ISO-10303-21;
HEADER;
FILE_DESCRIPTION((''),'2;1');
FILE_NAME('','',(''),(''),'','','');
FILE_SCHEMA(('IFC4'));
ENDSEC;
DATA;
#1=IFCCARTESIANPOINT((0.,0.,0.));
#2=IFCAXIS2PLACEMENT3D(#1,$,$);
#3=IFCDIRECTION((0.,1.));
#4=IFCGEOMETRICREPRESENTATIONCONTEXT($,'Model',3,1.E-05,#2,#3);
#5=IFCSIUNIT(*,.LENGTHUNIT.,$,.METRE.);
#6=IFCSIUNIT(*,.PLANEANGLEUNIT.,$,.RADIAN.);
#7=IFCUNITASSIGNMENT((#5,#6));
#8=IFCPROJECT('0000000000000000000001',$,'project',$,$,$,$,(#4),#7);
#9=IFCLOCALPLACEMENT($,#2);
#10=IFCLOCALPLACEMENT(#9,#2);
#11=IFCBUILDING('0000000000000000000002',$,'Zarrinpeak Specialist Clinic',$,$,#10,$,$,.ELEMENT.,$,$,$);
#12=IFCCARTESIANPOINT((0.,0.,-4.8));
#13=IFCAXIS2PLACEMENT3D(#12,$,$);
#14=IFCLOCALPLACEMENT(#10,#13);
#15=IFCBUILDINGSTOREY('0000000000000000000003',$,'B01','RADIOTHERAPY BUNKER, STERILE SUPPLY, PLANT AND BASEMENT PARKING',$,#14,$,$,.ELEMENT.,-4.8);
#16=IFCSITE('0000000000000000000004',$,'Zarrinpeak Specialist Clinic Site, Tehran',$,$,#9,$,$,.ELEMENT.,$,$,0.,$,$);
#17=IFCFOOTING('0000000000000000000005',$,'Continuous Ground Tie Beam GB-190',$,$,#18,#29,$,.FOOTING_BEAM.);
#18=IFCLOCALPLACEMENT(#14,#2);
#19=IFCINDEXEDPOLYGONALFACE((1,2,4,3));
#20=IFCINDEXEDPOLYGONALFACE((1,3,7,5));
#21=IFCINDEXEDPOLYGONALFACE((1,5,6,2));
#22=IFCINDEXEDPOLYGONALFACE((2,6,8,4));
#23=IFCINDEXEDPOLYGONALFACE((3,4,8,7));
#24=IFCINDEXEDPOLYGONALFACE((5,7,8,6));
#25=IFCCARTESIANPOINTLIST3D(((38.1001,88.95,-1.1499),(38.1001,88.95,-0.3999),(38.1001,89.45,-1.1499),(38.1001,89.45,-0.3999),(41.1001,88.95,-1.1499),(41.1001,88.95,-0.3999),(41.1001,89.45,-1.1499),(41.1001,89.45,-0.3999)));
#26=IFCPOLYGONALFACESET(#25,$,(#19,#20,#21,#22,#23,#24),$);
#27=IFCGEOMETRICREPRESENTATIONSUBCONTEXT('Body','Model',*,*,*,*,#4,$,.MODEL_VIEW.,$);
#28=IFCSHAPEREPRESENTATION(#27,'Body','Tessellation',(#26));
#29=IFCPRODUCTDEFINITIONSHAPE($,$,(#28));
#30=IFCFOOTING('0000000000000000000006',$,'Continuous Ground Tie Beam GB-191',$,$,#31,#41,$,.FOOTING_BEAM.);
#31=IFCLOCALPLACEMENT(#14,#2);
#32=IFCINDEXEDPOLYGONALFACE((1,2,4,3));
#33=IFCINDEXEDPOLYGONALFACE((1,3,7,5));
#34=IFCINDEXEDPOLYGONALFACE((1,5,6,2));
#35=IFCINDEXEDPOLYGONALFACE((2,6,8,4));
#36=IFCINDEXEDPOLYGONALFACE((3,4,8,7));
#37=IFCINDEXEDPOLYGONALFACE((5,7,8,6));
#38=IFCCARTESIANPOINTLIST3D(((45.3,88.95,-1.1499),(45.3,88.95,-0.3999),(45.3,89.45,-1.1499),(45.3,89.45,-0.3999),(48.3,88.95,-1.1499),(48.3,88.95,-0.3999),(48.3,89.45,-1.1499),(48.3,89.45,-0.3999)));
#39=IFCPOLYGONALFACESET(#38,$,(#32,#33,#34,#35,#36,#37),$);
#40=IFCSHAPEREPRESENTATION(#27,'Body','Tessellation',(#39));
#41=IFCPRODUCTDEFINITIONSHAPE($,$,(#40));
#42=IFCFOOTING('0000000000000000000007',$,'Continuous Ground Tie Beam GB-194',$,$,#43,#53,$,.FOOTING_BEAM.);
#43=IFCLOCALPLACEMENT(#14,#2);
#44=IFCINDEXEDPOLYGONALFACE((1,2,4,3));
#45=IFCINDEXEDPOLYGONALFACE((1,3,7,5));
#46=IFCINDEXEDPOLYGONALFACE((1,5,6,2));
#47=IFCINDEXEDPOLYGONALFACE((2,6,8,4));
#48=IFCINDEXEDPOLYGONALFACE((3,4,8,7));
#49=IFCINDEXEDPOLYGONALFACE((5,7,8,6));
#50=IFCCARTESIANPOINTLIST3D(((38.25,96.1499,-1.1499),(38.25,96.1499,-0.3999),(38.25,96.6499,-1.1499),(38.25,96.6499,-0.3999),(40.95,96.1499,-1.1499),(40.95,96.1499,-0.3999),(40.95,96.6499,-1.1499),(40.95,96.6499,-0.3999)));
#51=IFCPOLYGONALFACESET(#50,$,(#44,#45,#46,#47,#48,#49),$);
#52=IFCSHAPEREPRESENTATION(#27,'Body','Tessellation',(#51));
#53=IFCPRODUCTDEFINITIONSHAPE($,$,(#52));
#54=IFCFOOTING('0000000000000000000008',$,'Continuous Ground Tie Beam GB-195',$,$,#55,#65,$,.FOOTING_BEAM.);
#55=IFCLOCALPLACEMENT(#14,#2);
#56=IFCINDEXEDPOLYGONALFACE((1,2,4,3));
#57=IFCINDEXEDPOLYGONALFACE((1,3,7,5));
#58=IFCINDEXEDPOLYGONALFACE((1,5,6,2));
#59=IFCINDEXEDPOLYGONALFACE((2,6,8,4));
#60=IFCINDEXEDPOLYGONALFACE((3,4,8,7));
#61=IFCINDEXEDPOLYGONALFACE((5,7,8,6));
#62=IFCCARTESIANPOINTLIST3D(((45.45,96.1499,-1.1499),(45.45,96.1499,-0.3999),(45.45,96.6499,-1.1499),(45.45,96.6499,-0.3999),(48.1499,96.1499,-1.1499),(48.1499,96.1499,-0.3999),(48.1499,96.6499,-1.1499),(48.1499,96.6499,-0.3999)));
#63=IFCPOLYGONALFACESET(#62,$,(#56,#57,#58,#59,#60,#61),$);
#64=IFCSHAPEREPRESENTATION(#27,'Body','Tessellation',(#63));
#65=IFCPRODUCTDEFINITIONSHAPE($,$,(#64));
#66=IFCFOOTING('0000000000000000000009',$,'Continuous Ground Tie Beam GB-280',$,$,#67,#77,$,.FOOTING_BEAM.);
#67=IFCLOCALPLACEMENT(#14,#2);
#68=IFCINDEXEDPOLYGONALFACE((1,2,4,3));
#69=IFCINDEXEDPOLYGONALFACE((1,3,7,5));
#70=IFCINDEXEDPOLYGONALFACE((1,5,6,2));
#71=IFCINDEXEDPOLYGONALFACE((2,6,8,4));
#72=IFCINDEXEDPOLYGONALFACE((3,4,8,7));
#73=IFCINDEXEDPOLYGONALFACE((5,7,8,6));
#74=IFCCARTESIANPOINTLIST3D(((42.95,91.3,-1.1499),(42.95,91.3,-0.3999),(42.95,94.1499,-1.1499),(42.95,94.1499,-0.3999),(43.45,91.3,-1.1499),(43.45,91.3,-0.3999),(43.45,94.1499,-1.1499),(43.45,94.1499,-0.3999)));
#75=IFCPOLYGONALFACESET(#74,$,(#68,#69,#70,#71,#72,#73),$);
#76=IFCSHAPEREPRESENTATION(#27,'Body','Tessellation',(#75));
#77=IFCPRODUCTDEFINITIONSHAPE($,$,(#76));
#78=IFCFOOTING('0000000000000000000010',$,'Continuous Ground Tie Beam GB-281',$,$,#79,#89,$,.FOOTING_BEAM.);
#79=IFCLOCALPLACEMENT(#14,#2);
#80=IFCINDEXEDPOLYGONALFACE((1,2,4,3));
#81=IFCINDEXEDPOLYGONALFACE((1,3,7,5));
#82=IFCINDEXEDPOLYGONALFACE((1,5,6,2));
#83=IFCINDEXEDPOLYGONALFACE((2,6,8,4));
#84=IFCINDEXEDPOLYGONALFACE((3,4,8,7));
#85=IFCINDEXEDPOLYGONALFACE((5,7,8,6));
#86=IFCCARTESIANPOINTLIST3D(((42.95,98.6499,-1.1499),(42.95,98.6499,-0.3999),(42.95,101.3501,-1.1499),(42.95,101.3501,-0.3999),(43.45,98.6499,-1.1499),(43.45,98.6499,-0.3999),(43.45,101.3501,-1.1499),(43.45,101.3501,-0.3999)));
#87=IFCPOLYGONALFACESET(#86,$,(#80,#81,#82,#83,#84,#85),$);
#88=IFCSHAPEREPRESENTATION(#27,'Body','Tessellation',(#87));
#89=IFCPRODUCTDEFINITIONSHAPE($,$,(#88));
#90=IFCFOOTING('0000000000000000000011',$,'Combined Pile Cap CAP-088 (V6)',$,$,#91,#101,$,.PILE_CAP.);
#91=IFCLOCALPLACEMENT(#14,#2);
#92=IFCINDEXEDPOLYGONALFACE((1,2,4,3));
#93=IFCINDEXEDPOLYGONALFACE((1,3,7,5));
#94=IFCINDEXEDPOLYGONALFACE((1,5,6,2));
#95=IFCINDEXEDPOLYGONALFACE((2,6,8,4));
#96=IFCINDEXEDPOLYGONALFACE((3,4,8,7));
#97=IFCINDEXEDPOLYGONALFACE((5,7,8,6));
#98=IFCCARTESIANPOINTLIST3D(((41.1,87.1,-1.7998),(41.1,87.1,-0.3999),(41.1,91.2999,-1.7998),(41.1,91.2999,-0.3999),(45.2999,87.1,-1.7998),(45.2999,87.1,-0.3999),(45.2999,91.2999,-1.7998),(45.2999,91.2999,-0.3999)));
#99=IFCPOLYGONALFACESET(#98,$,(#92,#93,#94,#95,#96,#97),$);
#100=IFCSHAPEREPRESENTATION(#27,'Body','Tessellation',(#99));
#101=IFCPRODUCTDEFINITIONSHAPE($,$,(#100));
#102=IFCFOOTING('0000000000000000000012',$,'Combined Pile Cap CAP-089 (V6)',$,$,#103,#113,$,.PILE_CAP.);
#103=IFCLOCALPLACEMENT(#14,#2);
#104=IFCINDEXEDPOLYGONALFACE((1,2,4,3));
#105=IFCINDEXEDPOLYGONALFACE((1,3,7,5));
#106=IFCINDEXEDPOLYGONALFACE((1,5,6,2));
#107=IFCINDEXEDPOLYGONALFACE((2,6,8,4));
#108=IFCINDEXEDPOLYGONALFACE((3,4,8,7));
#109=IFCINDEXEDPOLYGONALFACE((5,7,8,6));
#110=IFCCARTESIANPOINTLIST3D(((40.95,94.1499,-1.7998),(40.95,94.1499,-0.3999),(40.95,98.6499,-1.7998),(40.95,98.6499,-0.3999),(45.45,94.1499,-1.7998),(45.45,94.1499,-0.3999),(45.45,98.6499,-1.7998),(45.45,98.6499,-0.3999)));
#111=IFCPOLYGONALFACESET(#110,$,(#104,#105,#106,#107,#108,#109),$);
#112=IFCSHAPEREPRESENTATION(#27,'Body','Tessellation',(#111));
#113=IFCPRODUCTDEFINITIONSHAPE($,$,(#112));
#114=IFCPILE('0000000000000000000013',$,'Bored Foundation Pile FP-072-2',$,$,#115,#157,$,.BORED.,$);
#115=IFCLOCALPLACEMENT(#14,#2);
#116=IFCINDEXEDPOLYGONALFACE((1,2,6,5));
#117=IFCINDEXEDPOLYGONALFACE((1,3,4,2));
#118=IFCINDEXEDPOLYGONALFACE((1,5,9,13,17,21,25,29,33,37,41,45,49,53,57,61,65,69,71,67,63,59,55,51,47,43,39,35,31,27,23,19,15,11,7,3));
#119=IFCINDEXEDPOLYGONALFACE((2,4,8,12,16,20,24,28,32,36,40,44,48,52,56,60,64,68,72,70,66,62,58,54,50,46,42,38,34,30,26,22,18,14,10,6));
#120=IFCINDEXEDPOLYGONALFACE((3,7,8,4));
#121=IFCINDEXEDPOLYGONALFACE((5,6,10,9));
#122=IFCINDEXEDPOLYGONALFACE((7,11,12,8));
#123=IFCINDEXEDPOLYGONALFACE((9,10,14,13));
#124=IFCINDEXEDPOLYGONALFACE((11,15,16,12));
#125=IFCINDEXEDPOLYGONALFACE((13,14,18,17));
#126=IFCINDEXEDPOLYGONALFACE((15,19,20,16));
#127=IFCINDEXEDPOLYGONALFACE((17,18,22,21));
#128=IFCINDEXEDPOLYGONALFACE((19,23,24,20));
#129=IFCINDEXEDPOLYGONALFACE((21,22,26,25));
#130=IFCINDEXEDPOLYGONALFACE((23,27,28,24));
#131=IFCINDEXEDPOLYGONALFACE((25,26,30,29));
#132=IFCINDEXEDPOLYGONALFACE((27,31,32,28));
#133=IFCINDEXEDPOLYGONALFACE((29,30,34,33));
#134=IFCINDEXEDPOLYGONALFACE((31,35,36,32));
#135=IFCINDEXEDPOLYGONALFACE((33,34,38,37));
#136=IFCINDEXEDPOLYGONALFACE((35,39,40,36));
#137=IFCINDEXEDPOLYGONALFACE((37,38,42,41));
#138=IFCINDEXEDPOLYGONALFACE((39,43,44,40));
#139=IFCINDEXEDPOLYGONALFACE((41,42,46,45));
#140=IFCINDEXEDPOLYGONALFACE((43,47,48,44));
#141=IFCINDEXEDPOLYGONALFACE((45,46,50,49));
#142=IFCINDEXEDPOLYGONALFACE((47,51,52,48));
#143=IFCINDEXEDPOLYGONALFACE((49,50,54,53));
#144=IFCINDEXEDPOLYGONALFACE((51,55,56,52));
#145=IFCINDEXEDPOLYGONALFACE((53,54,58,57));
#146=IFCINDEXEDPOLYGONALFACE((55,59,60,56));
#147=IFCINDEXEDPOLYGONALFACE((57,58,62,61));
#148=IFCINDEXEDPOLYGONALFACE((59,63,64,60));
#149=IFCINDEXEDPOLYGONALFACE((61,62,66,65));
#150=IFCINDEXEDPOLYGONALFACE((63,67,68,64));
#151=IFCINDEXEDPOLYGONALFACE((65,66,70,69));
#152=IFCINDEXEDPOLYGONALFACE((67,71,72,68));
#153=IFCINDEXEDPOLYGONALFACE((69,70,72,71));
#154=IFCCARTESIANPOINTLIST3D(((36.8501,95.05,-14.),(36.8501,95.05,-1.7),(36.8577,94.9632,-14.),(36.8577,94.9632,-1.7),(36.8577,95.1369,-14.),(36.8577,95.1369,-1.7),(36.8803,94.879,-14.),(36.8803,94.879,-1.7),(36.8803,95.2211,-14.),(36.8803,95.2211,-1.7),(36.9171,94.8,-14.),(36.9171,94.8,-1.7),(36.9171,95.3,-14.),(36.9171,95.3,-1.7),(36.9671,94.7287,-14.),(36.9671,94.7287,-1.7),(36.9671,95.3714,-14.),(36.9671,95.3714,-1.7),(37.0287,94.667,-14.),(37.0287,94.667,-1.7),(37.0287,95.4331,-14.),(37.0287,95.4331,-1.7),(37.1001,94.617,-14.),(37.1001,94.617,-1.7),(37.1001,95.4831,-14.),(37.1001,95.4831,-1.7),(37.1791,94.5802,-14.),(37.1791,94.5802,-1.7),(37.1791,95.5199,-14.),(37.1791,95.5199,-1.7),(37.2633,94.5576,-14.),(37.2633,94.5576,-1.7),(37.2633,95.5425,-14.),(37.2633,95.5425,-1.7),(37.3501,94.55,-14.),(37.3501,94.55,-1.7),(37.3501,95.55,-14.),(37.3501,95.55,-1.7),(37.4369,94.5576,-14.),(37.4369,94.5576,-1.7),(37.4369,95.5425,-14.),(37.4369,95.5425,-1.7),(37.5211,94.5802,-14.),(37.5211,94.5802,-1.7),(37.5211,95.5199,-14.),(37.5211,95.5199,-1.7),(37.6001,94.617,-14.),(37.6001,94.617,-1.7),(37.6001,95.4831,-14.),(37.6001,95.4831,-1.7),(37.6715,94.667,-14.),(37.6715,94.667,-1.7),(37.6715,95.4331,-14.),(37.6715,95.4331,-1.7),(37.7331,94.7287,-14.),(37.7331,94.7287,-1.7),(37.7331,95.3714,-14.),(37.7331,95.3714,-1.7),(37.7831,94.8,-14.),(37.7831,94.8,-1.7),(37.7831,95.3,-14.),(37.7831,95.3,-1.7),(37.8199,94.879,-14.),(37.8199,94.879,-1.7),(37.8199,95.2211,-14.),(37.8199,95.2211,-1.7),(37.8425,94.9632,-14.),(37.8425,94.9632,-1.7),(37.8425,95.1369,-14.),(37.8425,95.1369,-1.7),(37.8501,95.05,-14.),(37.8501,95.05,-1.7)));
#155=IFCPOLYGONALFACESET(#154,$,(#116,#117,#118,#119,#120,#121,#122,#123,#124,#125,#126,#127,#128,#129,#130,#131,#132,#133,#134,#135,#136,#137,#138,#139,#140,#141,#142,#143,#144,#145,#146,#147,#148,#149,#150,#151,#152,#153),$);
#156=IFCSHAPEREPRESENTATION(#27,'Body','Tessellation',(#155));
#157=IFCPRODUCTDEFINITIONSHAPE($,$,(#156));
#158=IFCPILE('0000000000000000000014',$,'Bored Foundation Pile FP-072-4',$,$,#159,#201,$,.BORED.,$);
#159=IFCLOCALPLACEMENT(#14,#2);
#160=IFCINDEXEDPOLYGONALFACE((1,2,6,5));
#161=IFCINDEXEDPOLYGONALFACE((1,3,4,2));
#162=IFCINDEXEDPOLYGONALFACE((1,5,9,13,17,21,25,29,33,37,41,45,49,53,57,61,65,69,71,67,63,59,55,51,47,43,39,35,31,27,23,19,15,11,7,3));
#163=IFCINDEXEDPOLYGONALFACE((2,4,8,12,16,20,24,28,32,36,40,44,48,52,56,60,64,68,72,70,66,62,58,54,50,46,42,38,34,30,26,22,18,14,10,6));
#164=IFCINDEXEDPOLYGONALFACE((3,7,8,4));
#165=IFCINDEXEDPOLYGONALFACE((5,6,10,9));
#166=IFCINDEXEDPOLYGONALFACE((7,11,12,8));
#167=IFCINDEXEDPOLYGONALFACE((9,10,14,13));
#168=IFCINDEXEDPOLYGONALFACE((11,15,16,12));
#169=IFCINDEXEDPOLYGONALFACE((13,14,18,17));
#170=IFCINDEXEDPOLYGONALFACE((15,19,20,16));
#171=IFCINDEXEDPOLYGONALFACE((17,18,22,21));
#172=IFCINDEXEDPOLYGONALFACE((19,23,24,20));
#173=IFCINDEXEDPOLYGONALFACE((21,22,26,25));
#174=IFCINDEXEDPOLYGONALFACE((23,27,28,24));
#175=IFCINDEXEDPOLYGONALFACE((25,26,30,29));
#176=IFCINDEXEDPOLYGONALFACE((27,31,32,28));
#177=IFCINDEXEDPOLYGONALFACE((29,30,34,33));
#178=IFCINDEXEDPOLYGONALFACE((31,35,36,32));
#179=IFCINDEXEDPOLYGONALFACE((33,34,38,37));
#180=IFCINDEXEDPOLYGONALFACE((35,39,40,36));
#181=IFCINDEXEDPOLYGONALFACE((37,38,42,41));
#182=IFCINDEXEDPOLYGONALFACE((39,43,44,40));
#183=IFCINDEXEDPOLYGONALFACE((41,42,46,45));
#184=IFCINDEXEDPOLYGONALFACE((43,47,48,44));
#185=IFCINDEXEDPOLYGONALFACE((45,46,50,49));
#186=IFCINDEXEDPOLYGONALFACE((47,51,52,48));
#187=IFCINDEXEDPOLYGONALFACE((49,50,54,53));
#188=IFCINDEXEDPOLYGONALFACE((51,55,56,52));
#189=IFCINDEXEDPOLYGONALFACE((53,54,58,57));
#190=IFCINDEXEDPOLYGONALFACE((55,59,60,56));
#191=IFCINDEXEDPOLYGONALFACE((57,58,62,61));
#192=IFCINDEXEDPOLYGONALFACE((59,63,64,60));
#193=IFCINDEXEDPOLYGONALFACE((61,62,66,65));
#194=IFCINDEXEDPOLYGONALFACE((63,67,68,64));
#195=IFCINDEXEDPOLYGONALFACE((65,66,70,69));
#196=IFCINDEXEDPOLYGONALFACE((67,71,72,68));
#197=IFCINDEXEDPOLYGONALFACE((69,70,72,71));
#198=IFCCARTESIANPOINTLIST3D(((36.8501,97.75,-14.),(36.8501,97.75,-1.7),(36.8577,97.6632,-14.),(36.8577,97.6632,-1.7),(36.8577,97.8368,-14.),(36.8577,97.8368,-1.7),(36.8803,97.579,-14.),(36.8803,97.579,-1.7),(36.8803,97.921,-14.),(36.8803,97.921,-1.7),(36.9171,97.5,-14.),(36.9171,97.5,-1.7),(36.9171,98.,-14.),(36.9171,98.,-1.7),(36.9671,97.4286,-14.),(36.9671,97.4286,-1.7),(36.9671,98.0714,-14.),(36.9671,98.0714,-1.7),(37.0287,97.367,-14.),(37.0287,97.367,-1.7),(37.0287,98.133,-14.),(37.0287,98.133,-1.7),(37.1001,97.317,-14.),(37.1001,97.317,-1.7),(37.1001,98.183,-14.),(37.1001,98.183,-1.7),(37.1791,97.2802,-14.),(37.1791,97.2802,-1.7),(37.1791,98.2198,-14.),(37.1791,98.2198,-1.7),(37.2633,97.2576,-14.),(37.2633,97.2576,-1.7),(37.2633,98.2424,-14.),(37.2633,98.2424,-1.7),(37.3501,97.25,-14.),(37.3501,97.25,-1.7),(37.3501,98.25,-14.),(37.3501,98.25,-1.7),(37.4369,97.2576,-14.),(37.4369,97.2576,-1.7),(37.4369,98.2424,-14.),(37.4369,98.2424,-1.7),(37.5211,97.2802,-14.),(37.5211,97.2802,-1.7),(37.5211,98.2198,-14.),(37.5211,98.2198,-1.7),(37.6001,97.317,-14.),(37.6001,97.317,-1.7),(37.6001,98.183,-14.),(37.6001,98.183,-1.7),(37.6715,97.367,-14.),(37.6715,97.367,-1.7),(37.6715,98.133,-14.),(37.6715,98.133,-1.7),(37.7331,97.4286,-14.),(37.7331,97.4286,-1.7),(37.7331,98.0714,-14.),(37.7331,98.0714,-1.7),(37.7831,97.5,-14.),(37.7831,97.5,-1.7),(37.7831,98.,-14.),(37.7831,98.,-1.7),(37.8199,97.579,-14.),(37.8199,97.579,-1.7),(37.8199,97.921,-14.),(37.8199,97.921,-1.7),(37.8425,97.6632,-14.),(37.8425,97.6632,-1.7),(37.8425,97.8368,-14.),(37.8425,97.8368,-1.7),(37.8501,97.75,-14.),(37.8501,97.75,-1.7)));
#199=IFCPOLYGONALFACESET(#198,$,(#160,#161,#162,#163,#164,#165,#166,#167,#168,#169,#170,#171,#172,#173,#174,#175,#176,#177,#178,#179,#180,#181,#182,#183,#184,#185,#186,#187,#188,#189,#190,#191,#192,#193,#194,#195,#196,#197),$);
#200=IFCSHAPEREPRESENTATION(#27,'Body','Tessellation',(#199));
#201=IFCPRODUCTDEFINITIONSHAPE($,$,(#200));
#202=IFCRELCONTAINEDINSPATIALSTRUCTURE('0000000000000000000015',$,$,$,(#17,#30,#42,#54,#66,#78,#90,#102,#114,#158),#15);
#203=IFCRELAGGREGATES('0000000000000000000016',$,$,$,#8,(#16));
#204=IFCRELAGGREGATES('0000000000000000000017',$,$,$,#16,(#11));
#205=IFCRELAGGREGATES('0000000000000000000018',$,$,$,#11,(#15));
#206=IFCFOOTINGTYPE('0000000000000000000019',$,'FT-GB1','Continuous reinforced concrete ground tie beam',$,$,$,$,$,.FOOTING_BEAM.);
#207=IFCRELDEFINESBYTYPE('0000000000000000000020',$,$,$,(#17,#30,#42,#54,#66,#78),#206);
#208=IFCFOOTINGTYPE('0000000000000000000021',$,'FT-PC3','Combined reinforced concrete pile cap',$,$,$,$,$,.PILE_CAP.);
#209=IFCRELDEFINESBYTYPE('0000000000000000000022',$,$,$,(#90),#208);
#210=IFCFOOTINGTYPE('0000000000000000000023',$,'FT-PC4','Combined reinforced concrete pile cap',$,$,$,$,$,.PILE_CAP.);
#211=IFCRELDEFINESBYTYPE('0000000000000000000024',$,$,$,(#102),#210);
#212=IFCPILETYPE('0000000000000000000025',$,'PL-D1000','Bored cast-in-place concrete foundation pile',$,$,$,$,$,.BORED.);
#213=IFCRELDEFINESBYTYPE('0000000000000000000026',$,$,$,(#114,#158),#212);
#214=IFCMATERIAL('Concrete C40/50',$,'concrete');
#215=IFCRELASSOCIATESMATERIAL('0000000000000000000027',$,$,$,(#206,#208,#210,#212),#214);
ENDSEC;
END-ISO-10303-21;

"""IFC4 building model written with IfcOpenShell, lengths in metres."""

from ifc_helpers import new_model, si_unit, direction, frame, origin, origin_2d, place, context, subcontext, project, spatial, rectangle, circle, extrude, material, material_profile, profile_set, type_object, element, save


model = new_model("IFC4")

# Units and contexts
model_context = context("Model", 3, precision=1e-05, world=origin(), true_north=direction((0.0, 1.0)))
body_context = subcontext(model_context, "Body", "Model", "MODEL_VIEW")
ifc_project = project(units=[si_unit("LENGTHUNIT", "METRE"), si_unit("PLANEANGLEUNIT", "RADIAN")], contexts=[model_context])

# Site, building, storey
site_placement = place(None, origin())
site = spatial("IfcSite", under=ifc_project, at=site_placement, Name="Zarrinpeak Specialist Clinic Site, Tehran", CompositionType="ELEMENT", RefElevation=0.0)
building_placement = place(site_placement, origin())
building = spatial("IfcBuilding", under=site, at=building_placement, Name="Zarrinpeak Specialist Clinic", CompositionType="ELEMENT")
storey_placement = place(building_placement, frame((0.0, 0.0, -4.8)))
storey = spatial("IfcBuildingStorey", under=building, at=storey_placement, Name="B01", Description="RADIOTHERAPY BUNKER, STERILE SUPPLY, PLANT AND BASEMENT PARKING", CompositionType="ELEMENT", Elevation=-4.8)

# Footings
ifc_material_1 = material(Name="Concrete C40/50", Category="concrete")
ifc_material_profile_1 = material_profile(ifc_material_1, rectangle(XDim=0.5, YDim=0.75, at=origin_2d()), Name="RC 500x750")
ifc_profile_set_1 = profile_set([ifc_material_profile_1], Name="Concrete C40/50")
footing_type_1 = type_object("IfcFootingType", Name="FT-GB1", Description="Continuous reinforced concrete ground tie beam", PredefinedType="FOOTING_BEAM", material=ifc_profile_set_1)
for number, where, z_axis, x_axis, name in (
    (1, (38.1001, 89.2, -0.7749), (1.0, 0.0, 0.0), (0.0, 1.0, 0.0), "Continuous Ground Tie Beam GB-190"),
    (2, (45.3, 89.2, -0.7749), (1.0, 0.0, 0.0), (0.0, 1.0, 0.0), "Continuous Ground Tie Beam GB-191"),
):
    element("IfcFooting", number, at=place(storey_placement, frame(where, z_axis=z_axis, x_axis=x_axis)), inside=storey, type_object=footing_type_1, Name=name, PredefinedType="FOOTING_BEAM", context=body_context, shape_type="SweptSolid", body=[
        extrude(rectangle(XDim=0.5, YDim=0.75, at=origin_2d()), origin(), (0.0, 0.0, 1.0), 3.0),
    ])
for number, where, z_axis, x_axis, name in (
    (3, (38.25, 96.3999, -0.7749), (1.0, 0.0, 0.0), (0.0, 1.0, 0.0), "Continuous Ground Tie Beam GB-194"),
    (4, (45.45, 96.3999, -0.7749), (1.0, 0.0, 0.0), (0.0, 1.0, 0.0), "Continuous Ground Tie Beam GB-195"),
):
    element("IfcFooting", number, at=place(storey_placement, frame(where, z_axis=z_axis, x_axis=x_axis)), inside=storey, type_object=footing_type_1, Name=name, PredefinedType="FOOTING_BEAM", context=body_context, shape_type="SweptSolid", body=[
        extrude(rectangle(XDim=0.5, YDim=0.75, at=origin_2d()), origin(), (0.0, 0.0, 1.0), 2.7),
    ])
footing_1_placement = place(storey_placement, frame((43.2, 91.3, -0.7749), z_axis=(0.0, 1.0, 0.0), x_axis=(-1.0, 0.0, 0.0)))
element("IfcFooting", 5, at=footing_1_placement, inside=storey, type_object=footing_type_1, Name="Continuous Ground Tie Beam GB-280", PredefinedType="FOOTING_BEAM", context=body_context, shape_type="SweptSolid", body=[
    extrude(rectangle(XDim=0.5, YDim=0.75, at=origin_2d()), origin(), (0.0, 0.0, 1.0), 2.8499),
])
footing_2_placement = place(storey_placement, frame((43.2, 98.6499, -0.7749), z_axis=(0.0, 1.0, 0.0), x_axis=(-1.0, 0.0, 0.0)))
element("IfcFooting", 6, at=footing_2_placement, inside=storey, type_object=footing_type_1, Name="Continuous Ground Tie Beam GB-281", PredefinedType="FOOTING_BEAM", context=body_context, shape_type="SweptSolid", body=[
    extrude(rectangle(XDim=0.5, YDim=0.75, at=origin_2d()), origin(), (0.0, 0.0, 1.0), 2.7002),
])
footing_type_2 = type_object("IfcFootingType", Name="FT-PC3", Description="Combined reinforced concrete pile cap", PredefinedType="PILE_CAP", material=ifc_material_1)
footing_3_placement = place(storey_placement, frame((43.2, 89.2, -1.7998), z_axis=(0.0, 0.0, 1.0), x_axis=(1.0, 0.0, 0.0)))
element("IfcFooting", 7, at=footing_3_placement, inside=storey, type_object=footing_type_2, Name="Combined Pile Cap CAP-088 (V6)", PredefinedType="PILE_CAP", context=body_context, shape_type="SweptSolid", body=[
    extrude(rectangle(XDim=4.2, YDim=4.2, at=origin_2d()), origin(), (0.0, 0.0, 1.0), 1.3999),
])
footing_type_3 = type_object("IfcFootingType", Name="FT-PC4", Description="Combined reinforced concrete pile cap", PredefinedType="PILE_CAP", material=ifc_material_1)
footing_4_placement = place(storey_placement, frame((43.2, 96.3999, -1.7998), z_axis=(0.0, 0.0, 1.0), x_axis=(1.0, 0.0, 0.0)))
element("IfcFooting", 8, at=footing_4_placement, inside=storey, type_object=footing_type_3, Name="Combined Pile Cap CAP-089 (V6)", PredefinedType="PILE_CAP", context=body_context, shape_type="SweptSolid", body=[
    extrude(rectangle(XDim=4.5, YDim=4.5, at=origin_2d()), origin(), (0.0, 0.0, 1.0), 1.3999),
])

# Piles
ifc_material_profile_2 = material_profile(ifc_material_1, circle(Radius=0.5, at=origin_2d()), Name="BORED PILE D1000")
ifc_profile_set_2 = profile_set([ifc_material_profile_2], Name="Concrete C40/50")
pile_type_1 = type_object("IfcPileType", Name="PL-D1000", Description="Bored cast-in-place concrete foundation pile", PredefinedType="BORED", material=ifc_profile_set_2)
for number, where, z_axis, x_axis, name in (
    (9, (37.3501, 95.05, -1.7), (0.0, 0.0, -1.0), (1.0, 0.0, 0.0), "Bored Foundation Pile FP-072-2"),
    (10, (37.3501, 97.75, -1.7), (0.0, 0.0, -1.0), (1.0, 0.0, 0.0), "Bored Foundation Pile FP-072-4"),
):
    element("IfcPile", number, at=place(storey_placement, frame(where, z_axis=z_axis, x_axis=x_axis)), inside=storey, type_object=pile_type_1, Name=name, PredefinedType="BORED", context=body_context, shape_type="SweptSolid", body=[
        extrude(circle(Radius=0.5, at=origin_2d()), origin(), (0.0, 0.0, 1.0), 12.3),
    ])

save(model, "model.ifc")
